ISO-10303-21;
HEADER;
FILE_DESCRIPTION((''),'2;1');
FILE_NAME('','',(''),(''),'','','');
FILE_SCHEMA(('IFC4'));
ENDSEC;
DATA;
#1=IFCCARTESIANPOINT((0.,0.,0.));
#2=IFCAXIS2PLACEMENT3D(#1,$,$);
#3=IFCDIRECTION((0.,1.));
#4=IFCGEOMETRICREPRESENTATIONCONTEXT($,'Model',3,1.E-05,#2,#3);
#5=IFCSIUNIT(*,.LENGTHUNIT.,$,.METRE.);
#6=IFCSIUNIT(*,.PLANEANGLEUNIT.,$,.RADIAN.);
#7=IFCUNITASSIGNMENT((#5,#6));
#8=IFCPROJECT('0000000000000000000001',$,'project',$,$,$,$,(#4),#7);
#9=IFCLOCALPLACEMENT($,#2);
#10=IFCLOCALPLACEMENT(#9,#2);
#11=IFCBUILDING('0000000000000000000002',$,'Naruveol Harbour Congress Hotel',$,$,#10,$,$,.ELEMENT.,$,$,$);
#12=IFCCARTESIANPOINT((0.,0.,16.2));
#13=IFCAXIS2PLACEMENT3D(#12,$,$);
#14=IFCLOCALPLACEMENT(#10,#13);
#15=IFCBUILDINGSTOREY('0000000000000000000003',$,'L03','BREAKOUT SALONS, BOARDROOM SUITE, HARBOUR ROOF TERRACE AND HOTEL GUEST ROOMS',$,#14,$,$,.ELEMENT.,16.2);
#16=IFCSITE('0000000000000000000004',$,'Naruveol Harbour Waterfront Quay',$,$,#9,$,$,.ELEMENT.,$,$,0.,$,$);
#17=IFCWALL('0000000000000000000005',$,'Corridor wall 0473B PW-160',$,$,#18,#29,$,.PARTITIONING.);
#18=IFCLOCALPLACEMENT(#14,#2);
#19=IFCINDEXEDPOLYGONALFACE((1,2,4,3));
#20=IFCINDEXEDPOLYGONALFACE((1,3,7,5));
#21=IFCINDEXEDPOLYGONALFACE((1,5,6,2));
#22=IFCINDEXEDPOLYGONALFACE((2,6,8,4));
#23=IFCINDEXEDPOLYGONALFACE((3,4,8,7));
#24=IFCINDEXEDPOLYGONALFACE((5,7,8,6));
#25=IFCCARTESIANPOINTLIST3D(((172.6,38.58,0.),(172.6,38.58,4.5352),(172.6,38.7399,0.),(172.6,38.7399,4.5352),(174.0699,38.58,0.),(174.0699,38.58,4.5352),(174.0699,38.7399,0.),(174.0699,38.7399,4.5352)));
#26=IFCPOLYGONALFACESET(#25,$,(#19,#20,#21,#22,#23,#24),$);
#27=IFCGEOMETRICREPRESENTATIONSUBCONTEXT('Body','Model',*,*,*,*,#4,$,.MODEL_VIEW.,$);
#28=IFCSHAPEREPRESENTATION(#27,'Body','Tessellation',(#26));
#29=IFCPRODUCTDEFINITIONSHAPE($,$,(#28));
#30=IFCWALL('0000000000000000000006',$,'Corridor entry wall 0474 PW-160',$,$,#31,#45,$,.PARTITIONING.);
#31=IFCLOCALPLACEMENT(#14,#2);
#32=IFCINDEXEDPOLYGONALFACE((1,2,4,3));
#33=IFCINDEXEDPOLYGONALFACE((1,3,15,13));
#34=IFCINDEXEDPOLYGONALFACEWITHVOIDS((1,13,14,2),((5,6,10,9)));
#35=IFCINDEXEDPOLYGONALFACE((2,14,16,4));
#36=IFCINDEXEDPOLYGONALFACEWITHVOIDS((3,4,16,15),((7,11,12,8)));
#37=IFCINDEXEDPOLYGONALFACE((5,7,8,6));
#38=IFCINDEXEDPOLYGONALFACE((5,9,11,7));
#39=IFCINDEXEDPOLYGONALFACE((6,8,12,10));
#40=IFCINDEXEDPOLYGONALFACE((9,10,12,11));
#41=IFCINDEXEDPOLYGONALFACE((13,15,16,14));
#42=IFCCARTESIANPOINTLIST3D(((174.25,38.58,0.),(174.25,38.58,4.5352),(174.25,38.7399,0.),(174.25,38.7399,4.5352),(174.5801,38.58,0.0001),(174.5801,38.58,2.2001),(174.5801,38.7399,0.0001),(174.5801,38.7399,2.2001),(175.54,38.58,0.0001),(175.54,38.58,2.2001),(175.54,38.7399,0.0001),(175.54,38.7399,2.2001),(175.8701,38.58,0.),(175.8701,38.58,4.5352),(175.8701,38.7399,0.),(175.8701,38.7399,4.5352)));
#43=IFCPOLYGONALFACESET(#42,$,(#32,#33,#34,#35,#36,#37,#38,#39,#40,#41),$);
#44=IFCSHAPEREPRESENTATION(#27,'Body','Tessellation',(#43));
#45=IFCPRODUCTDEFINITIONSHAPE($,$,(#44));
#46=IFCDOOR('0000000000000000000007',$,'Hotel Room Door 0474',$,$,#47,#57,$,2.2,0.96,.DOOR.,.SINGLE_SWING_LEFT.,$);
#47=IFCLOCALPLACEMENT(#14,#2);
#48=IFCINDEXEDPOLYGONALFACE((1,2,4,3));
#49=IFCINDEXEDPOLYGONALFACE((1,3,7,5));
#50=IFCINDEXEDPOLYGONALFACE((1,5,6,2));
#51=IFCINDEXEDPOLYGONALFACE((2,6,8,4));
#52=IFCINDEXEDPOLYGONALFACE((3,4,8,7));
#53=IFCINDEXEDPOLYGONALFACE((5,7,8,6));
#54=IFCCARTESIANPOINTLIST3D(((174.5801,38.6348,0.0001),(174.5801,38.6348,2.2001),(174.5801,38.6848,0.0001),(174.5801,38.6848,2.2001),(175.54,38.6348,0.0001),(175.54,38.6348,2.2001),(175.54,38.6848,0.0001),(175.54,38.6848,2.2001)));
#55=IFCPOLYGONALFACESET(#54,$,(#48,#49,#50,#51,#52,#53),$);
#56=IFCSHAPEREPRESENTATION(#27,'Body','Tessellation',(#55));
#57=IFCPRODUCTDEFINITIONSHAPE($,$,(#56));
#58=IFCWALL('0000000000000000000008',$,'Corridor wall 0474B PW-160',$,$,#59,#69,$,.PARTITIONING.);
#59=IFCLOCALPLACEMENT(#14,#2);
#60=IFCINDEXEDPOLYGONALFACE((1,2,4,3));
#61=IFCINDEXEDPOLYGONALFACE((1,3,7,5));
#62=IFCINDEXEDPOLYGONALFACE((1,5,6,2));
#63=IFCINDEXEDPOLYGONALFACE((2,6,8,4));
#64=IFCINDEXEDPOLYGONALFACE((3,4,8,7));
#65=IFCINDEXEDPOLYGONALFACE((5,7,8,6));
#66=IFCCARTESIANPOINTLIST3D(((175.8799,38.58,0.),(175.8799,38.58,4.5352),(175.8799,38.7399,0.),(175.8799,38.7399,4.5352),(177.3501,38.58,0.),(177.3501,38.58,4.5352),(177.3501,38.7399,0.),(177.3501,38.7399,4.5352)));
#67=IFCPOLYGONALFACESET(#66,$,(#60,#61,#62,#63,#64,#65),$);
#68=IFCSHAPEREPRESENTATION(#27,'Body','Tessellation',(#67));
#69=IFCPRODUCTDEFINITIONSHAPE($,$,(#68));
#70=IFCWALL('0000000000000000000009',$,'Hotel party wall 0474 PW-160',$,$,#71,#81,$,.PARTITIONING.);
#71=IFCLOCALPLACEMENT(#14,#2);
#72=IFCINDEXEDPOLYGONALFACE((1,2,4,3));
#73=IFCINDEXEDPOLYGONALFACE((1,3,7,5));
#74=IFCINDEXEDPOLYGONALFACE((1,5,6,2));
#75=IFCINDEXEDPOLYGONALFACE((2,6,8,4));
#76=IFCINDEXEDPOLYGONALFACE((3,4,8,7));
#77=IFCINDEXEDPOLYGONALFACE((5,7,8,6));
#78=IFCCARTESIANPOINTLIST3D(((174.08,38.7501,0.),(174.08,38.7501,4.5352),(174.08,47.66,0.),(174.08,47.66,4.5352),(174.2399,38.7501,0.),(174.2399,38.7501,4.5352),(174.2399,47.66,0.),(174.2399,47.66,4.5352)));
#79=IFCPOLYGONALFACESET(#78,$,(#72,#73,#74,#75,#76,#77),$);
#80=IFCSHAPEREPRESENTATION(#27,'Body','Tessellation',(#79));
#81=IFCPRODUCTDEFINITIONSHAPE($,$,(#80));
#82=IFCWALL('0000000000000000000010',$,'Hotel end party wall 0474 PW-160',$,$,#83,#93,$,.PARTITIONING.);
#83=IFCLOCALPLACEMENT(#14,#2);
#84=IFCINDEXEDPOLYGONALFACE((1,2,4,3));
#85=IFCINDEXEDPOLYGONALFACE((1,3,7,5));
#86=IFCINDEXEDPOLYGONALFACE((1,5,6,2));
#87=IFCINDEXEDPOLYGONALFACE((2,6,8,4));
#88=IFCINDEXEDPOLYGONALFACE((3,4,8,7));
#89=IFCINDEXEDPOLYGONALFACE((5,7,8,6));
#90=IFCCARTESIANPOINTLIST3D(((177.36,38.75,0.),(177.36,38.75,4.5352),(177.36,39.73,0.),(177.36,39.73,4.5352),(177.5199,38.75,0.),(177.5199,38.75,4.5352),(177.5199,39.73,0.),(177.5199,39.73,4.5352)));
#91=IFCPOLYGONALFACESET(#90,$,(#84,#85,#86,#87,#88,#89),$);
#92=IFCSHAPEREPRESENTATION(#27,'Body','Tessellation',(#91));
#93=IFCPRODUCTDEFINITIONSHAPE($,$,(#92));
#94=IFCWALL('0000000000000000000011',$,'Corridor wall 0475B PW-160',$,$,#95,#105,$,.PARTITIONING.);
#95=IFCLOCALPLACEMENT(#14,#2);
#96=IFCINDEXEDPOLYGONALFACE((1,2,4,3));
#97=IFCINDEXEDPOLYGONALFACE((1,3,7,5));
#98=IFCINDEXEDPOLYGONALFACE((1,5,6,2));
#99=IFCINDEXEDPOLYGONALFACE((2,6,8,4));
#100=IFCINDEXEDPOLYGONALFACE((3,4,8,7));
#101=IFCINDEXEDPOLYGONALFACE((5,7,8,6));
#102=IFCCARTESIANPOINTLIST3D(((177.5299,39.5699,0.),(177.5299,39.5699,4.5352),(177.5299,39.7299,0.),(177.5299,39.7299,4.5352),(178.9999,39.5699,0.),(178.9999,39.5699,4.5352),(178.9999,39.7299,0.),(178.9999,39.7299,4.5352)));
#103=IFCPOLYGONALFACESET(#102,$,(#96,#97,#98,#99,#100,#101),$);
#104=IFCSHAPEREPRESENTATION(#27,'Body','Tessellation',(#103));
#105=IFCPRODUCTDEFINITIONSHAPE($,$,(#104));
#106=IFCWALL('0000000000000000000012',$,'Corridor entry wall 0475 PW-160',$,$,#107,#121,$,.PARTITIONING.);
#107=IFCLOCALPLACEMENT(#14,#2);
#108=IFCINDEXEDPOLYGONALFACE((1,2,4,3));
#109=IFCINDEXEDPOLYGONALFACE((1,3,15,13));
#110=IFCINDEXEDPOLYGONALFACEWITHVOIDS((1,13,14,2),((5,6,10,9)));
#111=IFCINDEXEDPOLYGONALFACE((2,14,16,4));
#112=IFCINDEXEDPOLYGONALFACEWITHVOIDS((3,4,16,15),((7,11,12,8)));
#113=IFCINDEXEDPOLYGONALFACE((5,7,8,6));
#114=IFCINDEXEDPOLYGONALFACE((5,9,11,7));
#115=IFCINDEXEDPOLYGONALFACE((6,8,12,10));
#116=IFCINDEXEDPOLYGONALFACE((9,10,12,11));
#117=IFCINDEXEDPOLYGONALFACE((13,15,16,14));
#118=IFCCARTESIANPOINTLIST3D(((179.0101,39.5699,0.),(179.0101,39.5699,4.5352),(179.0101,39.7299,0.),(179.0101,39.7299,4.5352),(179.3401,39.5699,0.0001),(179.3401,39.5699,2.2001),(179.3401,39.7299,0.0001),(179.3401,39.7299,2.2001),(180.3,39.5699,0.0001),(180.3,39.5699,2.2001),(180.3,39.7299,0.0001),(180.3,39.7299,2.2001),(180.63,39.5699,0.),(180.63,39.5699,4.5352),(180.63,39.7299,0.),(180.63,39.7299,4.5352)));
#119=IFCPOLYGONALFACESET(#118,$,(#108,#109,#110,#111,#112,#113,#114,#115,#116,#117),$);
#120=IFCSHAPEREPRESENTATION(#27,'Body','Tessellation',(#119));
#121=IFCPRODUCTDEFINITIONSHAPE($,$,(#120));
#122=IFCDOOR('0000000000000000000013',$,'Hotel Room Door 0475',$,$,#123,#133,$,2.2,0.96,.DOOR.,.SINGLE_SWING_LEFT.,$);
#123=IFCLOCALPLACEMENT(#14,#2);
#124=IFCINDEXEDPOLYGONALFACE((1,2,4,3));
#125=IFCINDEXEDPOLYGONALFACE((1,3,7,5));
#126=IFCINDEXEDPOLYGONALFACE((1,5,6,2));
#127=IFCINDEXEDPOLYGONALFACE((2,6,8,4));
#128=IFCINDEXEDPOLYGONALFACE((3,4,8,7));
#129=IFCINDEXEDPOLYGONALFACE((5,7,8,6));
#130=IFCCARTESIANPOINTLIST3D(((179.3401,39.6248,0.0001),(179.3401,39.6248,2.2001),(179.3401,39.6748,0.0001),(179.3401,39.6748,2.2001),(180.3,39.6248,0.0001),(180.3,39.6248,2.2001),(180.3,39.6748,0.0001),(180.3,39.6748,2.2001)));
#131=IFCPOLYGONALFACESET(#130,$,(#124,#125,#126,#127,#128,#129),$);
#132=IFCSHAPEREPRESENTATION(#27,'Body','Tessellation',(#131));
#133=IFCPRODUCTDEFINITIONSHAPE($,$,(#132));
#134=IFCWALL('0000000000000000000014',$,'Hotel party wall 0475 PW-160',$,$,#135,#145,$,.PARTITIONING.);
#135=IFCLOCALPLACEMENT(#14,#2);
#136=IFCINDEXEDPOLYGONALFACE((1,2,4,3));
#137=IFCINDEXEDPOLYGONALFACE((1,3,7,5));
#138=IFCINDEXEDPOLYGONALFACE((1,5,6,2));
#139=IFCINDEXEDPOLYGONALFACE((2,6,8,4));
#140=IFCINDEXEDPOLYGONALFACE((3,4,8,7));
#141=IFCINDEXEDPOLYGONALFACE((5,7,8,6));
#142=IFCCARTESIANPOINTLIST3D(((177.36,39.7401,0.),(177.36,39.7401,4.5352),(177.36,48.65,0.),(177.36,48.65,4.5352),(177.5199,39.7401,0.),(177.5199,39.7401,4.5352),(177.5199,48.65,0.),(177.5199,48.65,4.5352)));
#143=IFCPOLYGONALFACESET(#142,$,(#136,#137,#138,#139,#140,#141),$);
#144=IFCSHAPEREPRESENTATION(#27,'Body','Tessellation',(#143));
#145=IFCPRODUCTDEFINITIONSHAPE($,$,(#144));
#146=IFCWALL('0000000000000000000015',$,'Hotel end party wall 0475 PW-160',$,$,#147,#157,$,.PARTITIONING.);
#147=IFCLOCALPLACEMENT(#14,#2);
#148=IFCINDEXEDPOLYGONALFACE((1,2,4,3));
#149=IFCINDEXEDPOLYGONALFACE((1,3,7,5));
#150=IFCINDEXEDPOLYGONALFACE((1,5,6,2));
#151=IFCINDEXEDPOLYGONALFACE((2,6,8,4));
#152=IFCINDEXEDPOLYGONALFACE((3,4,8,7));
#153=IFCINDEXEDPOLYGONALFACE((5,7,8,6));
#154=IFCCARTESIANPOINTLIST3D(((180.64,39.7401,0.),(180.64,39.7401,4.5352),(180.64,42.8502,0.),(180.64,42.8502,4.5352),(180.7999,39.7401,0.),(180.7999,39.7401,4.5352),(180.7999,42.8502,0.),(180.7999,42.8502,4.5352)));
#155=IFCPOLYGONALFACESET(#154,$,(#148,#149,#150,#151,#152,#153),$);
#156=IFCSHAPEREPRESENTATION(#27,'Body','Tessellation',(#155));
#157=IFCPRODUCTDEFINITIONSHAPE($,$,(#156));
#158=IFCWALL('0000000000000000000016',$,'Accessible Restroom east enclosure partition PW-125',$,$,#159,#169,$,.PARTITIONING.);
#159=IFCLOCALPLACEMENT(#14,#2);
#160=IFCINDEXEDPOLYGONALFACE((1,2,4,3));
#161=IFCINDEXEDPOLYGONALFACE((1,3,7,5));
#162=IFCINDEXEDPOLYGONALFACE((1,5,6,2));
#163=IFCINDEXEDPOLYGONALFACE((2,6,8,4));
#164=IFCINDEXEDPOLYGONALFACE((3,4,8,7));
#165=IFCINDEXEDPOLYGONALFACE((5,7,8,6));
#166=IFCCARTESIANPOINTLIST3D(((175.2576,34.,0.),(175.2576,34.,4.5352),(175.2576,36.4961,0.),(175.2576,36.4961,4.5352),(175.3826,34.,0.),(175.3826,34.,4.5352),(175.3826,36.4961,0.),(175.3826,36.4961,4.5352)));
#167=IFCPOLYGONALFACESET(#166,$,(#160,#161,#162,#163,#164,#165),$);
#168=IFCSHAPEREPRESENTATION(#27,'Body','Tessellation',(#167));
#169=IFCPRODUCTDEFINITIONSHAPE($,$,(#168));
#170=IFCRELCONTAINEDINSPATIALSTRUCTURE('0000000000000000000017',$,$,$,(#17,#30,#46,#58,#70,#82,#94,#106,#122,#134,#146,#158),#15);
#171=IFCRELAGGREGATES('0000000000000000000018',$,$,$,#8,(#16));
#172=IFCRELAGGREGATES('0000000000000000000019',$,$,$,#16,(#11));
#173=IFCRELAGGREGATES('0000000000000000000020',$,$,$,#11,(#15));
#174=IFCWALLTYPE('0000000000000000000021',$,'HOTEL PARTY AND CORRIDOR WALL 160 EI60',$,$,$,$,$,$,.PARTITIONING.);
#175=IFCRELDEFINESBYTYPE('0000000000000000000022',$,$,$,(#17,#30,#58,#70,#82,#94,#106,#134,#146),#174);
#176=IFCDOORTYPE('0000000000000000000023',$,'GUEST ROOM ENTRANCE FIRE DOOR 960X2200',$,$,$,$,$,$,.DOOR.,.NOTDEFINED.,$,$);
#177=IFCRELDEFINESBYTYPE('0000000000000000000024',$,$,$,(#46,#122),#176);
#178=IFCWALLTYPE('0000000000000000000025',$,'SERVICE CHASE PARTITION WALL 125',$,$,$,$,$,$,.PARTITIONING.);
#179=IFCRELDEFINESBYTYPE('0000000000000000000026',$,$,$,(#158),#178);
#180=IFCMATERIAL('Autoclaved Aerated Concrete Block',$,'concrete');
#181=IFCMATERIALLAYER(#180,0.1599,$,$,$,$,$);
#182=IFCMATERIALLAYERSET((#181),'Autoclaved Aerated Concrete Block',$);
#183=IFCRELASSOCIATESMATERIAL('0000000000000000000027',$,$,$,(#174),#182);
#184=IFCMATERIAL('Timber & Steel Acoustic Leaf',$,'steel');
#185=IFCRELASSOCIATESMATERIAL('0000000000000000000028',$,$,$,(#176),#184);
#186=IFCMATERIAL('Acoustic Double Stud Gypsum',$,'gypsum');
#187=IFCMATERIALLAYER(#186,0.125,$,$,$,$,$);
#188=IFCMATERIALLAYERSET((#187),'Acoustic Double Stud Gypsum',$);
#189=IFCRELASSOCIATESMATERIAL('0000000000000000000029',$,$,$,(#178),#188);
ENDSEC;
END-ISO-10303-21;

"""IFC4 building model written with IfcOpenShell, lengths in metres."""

from ifc_helpers import new_model, si_unit, direction, frame, frame_2d, origin, place, context, subcontext, project, spatial, rectangle, extrude, material, layer, layer_set, type_object, element, fill, save


model = new_model("IFC4")

# Units and contexts
model_context = context("Model", 3, precision=1e-05, world=origin(), true_north=direction((0.0, 1.0)))
body_context = subcontext(model_context, "Body", "Model", "MODEL_VIEW")
ifc_project = project(units=[si_unit("LENGTHUNIT", "METRE"), si_unit("PLANEANGLEUNIT", "RADIAN")], contexts=[model_context])

# Site, building, storey
site_placement = place(None, origin())
site = spatial("IfcSite", under=ifc_project, at=site_placement, Name="Naruveol Harbour Waterfront Quay", CompositionType="ELEMENT", RefElevation=0.0)
building_placement = place(site_placement, origin())
building = spatial("IfcBuilding", under=site, at=building_placement, Name="Naruveol Harbour Congress Hotel", CompositionType="ELEMENT")
storey_placement = place(building_placement, frame((0.0, 0.0, 16.2)))
storey = spatial("IfcBuildingStorey", under=building, at=storey_placement, Name="L03", Description="BREAKOUT SALONS, BOARDROOM SUITE, HARBOUR ROOF TERRACE AND HOTEL GUEST ROOMS", CompositionType="ELEMENT", Elevation=16.2)

# Wall
ifc_material_1 = material(Name="Autoclaved Aerated Concrete Block", Category="concrete")
ifc_layer_1 = layer(ifc_material_1, 0.1599)
ifc_layer_set_1 = layer_set([ifc_layer_1], Name="Autoclaved Aerated Concrete Block")
wall_type_1 = type_object("IfcWallType", Name="HOTEL PARTY AND CORRIDOR WALL 160 EI60", PredefinedType="PARTITIONING", material=ifc_layer_set_1)
wall_1_placement = place(storey_placement, frame((172.6001, 38.6599, 0.0), z_axis=(0.0, 0.0, 1.0), x_axis=(1.0, 0.0, 0.0)))
element("IfcWall", 1, at=wall_1_placement, inside=storey, type_object=wall_type_1, Name="Corridor wall 0473B PW-160", PredefinedType="PARTITIONING", context=body_context, shape_type="SweptSolid", body=[
    extrude(rectangle(XDim=1.47, YDim=0.1599, at=frame_2d((0.7349, 0.0))), origin(), (0.0, 0.0, 1.0), 4.5352),
])

# Wall, opening, door
wall_2_placement = place(storey_placement, frame((174.25, 38.6599, 0.0), z_axis=(0.0, 0.0, 1.0), x_axis=(1.0, 0.0, 0.0)))
wall_2 = element("IfcWall", 2, at=wall_2_placement, inside=storey, type_object=wall_type_1, Name="Corridor entry wall 0474 PW-160", PredefinedType="PARTITIONING", context=body_context, shape_type="SweptSolid", body=[
    extrude(rectangle(XDim=1.6201, YDim=0.1599, at=frame_2d((0.8101, 0.0))), origin(), (0.0, 0.0, 1.0), 4.5352),
])
opening_1_placement = place(wall_2_placement, frame((0.3301, 0.0, 0.0)))
opening_1 = element("IfcOpeningElement", 3, at=opening_1_placement, cuts=wall_2, PredefinedType="OPENING", context=body_context, shape_type="SweptSolid", body=[
    extrude(rectangle(XDim=0.96, YDim=2.2, at=frame_2d((0.48, 1.1001))), frame((0.0, 0.0898, 0.0), z_axis=(0.0, -1.0, 0.0), x_axis=(1.0, 0.0, 0.0)), (0.0, 0.0, 1.0), 0.1799),
])
ifc_material_2 = material(Name="Timber & Steel Acoustic Leaf", Category="steel")
door_type_1 = type_object("IfcDoorType", Name="GUEST ROOM ENTRANCE FIRE DOOR 960X2200", OperationType="NOTDEFINED", PredefinedType="DOOR", material=ifc_material_2)
door_1_placement = place(opening_1_placement, origin())
door_1 = element("IfcDoor", 4, at=door_1_placement, inside=storey, type_object=door_type_1, Name="Hotel Room Door 0474", OperationType="SINGLE_SWING_LEFT", OverallHeight=2.2, OverallWidth=0.96, PredefinedType="DOOR", context=body_context, shape_type="SweptSolid", body=[
    extrude(rectangle(XDim=0.96, YDim=2.2, at=frame_2d((0.48, 1.1001))), frame((0.0, 0.0249, 0.0), z_axis=(0.0, -1.0, 0.0), x_axis=(1.0, 0.0, 0.0)), (0.0, 0.0, 1.0), 0.05),
])
fill(opening_1, door_1)

# Walls
wall_3_placement = place(storey_placement, frame((175.8799, 38.6599, 0.0), z_axis=(0.0, 0.0, 1.0), x_axis=(1.0, 0.0, 0.0)))
element("IfcWall", 5, at=wall_3_placement, inside=storey, type_object=wall_type_1, Name="Corridor wall 0474B PW-160", PredefinedType="PARTITIONING", context=body_context, shape_type="SweptSolid", body=[
    extrude(rectangle(XDim=1.4702, YDim=0.1599, at=frame_2d((0.7351, 0.0))), origin(), (0.0, 0.0, 1.0), 4.5352),
])
wall_4_placement = place(storey_placement, frame((174.1599, 38.75, 0.0), z_axis=(0.0, 0.0, 1.0), x_axis=(0.0, 1.0, 0.0)))
element("IfcWall", 6, at=wall_4_placement, inside=storey, type_object=wall_type_1, Name="Hotel party wall 0474 PW-160", PredefinedType="PARTITIONING", context=body_context, shape_type="SweptSolid", body=[
    extrude(rectangle(XDim=8.9099, YDim=0.1599, at=frame_2d((4.4551, 0.0))), origin(), (0.0, 0.0, 1.0), 4.5352),
])
wall_5_placement = place(storey_placement, frame((177.4399, 38.75, 0.0), z_axis=(0.0, 0.0, 1.0), x_axis=(0.0, 1.0, 0.0)))
element("IfcWall", 7, at=wall_5_placement, inside=storey, type_object=wall_type_1, Name="Hotel end party wall 0474 PW-160", PredefinedType="PARTITIONING", context=body_context, shape_type="SweptSolid", body=[
    extrude(rectangle(XDim=0.98, YDim=0.1599, at=frame_2d((0.49, 0.0))), origin(), (0.0, 0.0, 1.0), 4.5352),
])
wall_6_placement = place(storey_placement, frame((177.53, 39.6499, 0.0), z_axis=(0.0, 0.0, 1.0), x_axis=(1.0, 0.0, 0.0)))
element("IfcWall", 8, at=wall_6_placement, inside=storey, type_object=wall_type_1, Name="Corridor wall 0475B PW-160", PredefinedType="PARTITIONING", context=body_context, shape_type="SweptSolid", body=[
    extrude(rectangle(XDim=1.47, YDim=0.1599, at=frame_2d((0.7349, 0.0))), origin(), (0.0, 0.0, 1.0), 4.5352),
])

# Wall, opening, door
wall_7_placement = place(storey_placement, frame((179.01, 39.6499, 0.0), z_axis=(0.0, 0.0, 1.0), x_axis=(1.0, 0.0, 0.0)))
wall_7 = element("IfcWall", 9, at=wall_7_placement, inside=storey, type_object=wall_type_1, Name="Corridor entry wall 0475 PW-160", PredefinedType="PARTITIONING", context=body_context, shape_type="SweptSolid", body=[
    extrude(rectangle(XDim=1.6199, YDim=0.1599, at=frame_2d((0.8101, 0.0))), origin(), (0.0, 0.0, 1.0), 4.5352),
])
opening_2_placement = place(wall_7_placement, frame((0.3301, 0.0, 0.0)))
opening_2 = element("IfcOpeningElement", 10, at=opening_2_placement, cuts=wall_7, PredefinedType="OPENING", context=body_context, shape_type="SweptSolid", body=[
    extrude(rectangle(XDim=0.96, YDim=2.2, at=frame_2d((0.48, 1.1001))), frame((0.0, 0.0898, 0.0), z_axis=(0.0, -1.0, 0.0), x_axis=(1.0, 0.0, 0.0)), (0.0, 0.0, 1.0), 0.1799),
])
door_2_placement = place(opening_2_placement, origin())
door_2 = element("IfcDoor", 11, at=door_2_placement, inside=storey, type_object=door_type_1, Name="Hotel Room Door 0475", OperationType="SINGLE_SWING_LEFT", OverallHeight=2.2, OverallWidth=0.96, PredefinedType="DOOR", context=body_context, shape_type="SweptSolid", body=[
    extrude(rectangle(XDim=0.96, YDim=2.2, at=frame_2d((0.48, 1.1001))), frame((0.0, 0.0249, 0.0), z_axis=(0.0, -1.0, 0.0), x_axis=(1.0, 0.0, 0.0)), (0.0, 0.0, 1.0), 0.05),
])
fill(opening_2, door_2)

# Walls
wall_8_placement = place(storey_placement, frame((177.4399, 39.74, 0.0), z_axis=(0.0, 0.0, 1.0), x_axis=(0.0, 1.0, 0.0)))
element("IfcWall", 12, at=wall_8_placement, inside=storey, type_object=wall_type_1, Name="Hotel party wall 0475 PW-160", PredefinedType="PARTITIONING", context=body_context, shape_type="SweptSolid", body=[
    extrude(rectangle(XDim=8.9099, YDim=0.1599, at=frame_2d((4.4551, 0.0))), origin(), (0.0, 0.0, 1.0), 4.5352),
])
wall_9_placement = place(storey_placement, frame((180.72, 39.74, 0.0), z_axis=(0.0, 0.0, 1.0), x_axis=(0.0, 1.0, 0.0)))
element("IfcWall", 13, at=wall_9_placement, inside=storey, type_object=wall_type_1, Name="Hotel end party wall 0475 PW-160", PredefinedType="PARTITIONING", context=body_context, shape_type="SweptSolid", body=[
    extrude(rectangle(XDim=3.1101, YDim=0.1599, at=frame_2d((1.5552, 0.0))), origin(), (0.0, 0.0, 1.0), 4.5352),
])
ifc_material_3 = material(Name="Acoustic Double Stud Gypsum", Category="gypsum")
ifc_layer_2 = layer(ifc_material_3, 0.125)
ifc_layer_set_2 = layer_set([ifc_layer_2], Name="Acoustic Double Stud Gypsum")
wall_type_2 = type_object("IfcWallType", Name="SERVICE CHASE PARTITION WALL 125", PredefinedType="PARTITIONING", material=ifc_layer_set_2)
wall_10_placement = place(storey_placement, frame((175.3201, 34.0, 0.0), z_axis=(0.0, 0.0, 1.0), x_axis=(0.0, 1.0, 0.0)))
element("IfcWall", 14, at=wall_10_placement, inside=storey, type_object=wall_type_2, Name="Accessible Restroom east enclosure partition PW-125", PredefinedType="PARTITIONING", context=body_context, shape_type="SweptSolid", body=[
    extrude(rectangle(XDim=2.4961, YDim=0.125, at=frame_2d((1.248, 0.0))), origin(), (0.0, 0.0, 1.0), 4.5352),
])

save(model, "model.ifc")
